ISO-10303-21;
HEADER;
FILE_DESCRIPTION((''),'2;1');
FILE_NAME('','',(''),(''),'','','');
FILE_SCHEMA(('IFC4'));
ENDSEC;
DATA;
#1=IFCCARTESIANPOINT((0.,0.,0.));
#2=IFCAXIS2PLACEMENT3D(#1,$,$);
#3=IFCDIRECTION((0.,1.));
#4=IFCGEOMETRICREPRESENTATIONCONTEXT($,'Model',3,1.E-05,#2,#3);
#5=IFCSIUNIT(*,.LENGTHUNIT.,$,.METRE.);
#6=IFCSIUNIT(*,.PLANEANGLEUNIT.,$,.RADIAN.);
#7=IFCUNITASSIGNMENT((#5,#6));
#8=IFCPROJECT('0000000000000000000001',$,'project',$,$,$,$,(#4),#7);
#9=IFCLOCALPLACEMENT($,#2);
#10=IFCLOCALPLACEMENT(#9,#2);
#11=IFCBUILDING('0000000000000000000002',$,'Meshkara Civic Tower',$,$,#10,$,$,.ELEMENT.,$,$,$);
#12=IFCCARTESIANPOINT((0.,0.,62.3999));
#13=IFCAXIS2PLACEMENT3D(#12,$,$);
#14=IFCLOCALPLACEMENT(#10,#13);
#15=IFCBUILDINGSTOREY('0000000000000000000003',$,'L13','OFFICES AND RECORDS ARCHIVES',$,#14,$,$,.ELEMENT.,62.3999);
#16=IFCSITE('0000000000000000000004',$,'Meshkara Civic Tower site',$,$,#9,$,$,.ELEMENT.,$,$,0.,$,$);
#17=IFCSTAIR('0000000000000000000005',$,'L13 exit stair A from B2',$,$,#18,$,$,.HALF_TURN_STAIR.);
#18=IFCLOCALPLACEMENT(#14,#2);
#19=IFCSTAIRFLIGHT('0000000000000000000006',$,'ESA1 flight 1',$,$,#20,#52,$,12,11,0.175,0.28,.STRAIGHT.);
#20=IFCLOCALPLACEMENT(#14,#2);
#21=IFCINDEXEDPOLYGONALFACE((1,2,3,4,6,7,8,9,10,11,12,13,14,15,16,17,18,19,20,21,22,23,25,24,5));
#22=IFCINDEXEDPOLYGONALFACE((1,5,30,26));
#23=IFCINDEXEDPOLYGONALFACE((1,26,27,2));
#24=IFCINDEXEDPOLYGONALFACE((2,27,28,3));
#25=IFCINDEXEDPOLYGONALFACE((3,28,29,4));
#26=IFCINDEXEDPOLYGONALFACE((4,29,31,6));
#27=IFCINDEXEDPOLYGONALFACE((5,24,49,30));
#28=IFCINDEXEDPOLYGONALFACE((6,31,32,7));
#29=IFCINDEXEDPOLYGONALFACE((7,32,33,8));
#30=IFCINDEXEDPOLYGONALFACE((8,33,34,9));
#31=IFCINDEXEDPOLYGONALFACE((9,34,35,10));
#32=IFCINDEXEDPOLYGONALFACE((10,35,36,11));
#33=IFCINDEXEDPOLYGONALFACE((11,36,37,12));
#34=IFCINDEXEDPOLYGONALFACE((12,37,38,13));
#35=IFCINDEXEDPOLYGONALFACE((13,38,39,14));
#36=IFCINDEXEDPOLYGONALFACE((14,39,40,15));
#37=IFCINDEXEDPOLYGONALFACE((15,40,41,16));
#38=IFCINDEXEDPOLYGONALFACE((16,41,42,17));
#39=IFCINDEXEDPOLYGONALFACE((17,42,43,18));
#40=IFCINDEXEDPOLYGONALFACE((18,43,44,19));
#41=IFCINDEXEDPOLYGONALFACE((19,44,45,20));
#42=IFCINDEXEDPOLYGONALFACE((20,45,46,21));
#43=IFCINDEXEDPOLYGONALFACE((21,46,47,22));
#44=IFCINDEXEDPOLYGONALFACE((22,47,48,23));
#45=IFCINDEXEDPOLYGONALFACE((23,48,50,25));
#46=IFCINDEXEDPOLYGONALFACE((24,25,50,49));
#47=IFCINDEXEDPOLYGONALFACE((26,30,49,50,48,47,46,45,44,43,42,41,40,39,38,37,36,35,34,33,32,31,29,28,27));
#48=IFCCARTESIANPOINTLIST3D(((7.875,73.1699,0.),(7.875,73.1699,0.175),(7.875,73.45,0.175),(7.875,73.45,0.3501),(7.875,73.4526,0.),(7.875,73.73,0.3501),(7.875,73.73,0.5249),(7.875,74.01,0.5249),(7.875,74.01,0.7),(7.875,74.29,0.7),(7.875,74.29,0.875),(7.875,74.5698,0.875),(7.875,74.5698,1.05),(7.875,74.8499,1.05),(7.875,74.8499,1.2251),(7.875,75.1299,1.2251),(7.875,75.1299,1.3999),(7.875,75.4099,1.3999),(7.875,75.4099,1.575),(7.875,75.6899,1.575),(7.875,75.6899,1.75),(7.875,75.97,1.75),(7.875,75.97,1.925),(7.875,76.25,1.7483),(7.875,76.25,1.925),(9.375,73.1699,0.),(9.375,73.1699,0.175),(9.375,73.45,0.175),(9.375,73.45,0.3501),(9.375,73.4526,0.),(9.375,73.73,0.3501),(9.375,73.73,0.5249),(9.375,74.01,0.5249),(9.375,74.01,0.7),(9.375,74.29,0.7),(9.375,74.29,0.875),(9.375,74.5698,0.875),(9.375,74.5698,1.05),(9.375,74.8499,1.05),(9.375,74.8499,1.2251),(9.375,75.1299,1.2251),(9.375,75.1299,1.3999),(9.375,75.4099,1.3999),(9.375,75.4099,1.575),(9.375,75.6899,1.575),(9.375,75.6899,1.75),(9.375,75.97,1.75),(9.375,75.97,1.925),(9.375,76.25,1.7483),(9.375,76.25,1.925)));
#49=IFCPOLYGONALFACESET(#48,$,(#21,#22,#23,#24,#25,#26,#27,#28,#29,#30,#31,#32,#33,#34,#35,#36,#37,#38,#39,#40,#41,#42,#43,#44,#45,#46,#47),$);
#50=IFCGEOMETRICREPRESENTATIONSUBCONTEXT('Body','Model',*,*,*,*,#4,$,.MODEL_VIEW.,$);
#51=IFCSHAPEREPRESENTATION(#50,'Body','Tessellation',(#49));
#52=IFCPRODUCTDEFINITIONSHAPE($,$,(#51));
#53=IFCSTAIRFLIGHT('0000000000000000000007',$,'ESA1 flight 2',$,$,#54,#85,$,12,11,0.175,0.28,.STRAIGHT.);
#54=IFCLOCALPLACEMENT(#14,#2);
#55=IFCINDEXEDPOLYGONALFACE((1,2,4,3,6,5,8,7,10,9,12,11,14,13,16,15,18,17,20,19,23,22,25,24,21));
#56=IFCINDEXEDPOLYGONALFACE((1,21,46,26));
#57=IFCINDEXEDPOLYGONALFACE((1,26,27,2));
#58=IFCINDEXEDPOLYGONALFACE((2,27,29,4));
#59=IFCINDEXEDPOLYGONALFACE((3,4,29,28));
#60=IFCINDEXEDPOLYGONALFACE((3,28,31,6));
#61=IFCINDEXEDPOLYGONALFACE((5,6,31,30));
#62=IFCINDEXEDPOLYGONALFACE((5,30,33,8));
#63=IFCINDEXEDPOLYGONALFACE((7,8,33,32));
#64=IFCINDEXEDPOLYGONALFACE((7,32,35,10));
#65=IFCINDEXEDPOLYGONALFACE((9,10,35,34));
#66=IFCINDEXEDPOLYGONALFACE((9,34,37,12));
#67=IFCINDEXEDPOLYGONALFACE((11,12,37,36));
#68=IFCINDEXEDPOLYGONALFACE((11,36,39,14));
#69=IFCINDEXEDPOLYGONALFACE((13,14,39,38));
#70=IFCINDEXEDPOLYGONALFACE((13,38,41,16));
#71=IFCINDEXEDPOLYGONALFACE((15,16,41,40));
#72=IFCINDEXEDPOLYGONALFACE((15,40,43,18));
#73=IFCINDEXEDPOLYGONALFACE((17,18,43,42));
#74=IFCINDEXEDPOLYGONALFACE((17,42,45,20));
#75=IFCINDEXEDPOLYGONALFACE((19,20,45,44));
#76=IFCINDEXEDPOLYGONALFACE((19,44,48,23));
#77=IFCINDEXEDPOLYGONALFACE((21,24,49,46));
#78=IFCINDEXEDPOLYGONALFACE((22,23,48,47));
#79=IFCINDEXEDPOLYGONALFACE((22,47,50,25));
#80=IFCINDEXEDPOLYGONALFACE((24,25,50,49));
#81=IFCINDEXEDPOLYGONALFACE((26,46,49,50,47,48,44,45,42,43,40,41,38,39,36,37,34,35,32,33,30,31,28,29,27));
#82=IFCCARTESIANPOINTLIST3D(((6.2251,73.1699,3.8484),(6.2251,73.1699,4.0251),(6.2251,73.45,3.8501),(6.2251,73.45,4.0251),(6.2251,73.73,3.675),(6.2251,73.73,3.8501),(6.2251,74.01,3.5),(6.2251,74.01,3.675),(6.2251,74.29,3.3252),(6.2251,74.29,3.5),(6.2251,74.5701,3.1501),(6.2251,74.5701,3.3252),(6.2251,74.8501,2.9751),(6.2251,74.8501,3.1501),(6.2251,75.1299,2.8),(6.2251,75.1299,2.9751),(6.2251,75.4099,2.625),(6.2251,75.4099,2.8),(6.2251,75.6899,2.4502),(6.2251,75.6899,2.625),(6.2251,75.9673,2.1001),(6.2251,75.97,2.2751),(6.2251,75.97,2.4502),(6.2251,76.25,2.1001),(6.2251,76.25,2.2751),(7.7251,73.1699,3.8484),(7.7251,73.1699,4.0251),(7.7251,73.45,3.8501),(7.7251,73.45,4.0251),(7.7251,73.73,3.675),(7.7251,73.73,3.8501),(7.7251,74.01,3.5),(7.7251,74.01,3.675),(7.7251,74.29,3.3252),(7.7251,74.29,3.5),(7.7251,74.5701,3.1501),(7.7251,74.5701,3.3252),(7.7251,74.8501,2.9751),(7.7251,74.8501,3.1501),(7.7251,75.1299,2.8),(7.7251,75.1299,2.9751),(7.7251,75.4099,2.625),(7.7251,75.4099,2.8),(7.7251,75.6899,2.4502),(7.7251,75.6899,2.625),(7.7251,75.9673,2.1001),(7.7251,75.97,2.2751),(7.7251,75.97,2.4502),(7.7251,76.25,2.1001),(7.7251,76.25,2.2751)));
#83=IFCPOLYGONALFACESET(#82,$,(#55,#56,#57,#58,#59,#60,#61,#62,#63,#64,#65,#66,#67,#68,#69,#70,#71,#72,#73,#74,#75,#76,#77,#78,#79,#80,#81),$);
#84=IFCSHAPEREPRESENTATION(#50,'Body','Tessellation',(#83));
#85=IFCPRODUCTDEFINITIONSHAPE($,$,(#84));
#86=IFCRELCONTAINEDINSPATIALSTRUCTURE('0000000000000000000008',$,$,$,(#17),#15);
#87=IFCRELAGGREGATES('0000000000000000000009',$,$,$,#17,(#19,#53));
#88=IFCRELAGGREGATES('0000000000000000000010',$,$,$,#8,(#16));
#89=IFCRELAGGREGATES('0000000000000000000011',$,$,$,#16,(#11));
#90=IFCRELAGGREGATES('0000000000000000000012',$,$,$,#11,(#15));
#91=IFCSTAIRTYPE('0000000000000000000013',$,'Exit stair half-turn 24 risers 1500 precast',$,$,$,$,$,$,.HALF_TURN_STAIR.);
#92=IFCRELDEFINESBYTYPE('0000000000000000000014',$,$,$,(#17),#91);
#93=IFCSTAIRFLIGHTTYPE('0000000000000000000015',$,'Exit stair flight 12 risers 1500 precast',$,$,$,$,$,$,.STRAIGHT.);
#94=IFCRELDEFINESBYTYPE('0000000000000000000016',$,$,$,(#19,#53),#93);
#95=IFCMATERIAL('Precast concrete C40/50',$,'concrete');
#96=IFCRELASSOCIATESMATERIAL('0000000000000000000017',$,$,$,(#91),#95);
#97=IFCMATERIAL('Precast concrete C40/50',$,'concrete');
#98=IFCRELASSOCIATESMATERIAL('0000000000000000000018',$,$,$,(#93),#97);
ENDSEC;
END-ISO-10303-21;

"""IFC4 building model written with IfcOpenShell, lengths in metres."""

from ifc_helpers import new_model, si_unit, direction, frame, origin, place, context, subcontext, project, spatial, polyline, outline, extrude, material, type_object, element, aggregate, save


model = new_model("IFC4")

# Units and contexts
model_context = context("Model", 3, precision=1e-05, world=origin(), true_north=direction((0.0, 1.0)))
body_context = subcontext(model_context, "Body", "Model", "MODEL_VIEW")
ifc_project = project(units=[si_unit("LENGTHUNIT", "METRE"), si_unit("PLANEANGLEUNIT", "RADIAN")], contexts=[model_context])

# Site, building, storey
site_placement = place(None, origin())
site = spatial("IfcSite", under=ifc_project, at=site_placement, Name="Meshkara Civic Tower site", CompositionType="ELEMENT", RefElevation=0.0)
building_placement = place(site_placement, origin())
building = spatial("IfcBuilding", under=site, at=building_placement, Name="Meshkara Civic Tower", CompositionType="ELEMENT")
storey_placement = place(building_placement, frame((0.0, 0.0, 62.3999)))
storey = spatial("IfcBuildingStorey", under=building, at=storey_placement, Name="L13", Description="OFFICES AND RECORDS ARCHIVES", CompositionType="ELEMENT", Elevation=62.3999)

# Stair, stair flights
ifc_material_1 = material(Name="Precast concrete C40/50", Category="concrete")
stair_type = type_object("IfcStairType", Name="Exit stair half-turn 24 risers 1500 precast", PredefinedType="HALF_TURN_STAIR", material=ifc_material_1)
stair_placement = place(storey_placement, origin())
stair = element("IfcStair", 1, at=stair_placement, inside=storey, type_object=stair_type, Name="L13 exit stair A from B2", PredefinedType="HALF_TURN_STAIR")
ifc_material_2 = material(Name="Precast concrete C40/50", Category="concrete")
stair_flight_type = type_object("IfcStairFlightType", Name="Exit stair flight 12 risers 1500 precast", PredefinedType="STRAIGHT", material=ifc_material_2)
stair_flight_1_placement = place(storey_placement, frame((8.625, 73.1699, 0.0), z_axis=(0.0, 0.0, 1.0), x_axis=(0.0, 1.0, 0.0)))
stair_flight_1 = element("IfcStairFlight", 2, at=stair_flight_1_placement, type_object=stair_flight_type, Name="ESA1 flight 1", NumberOfRisers=12, NumberOfTreads=11, PredefinedType="STRAIGHT", RiserHeight=0.175, TreadLength=0.28, context=body_context, shape_type="SweptSolid", body=[
    extrude(outline(polyline([(0.0, 0.0), (0.0, 0.175), (0.28, 0.175), (0.28, 0.3501), (0.5601, 0.3501), (0.5601, 0.5249), (0.8401, 0.5249), (0.8401, 0.7), (1.1201, 0.7), (1.1201, 0.875), (1.3999, 0.875), (1.3999, 1.05), (1.6799, 1.05), (1.6799, 1.2251), (1.96, 1.2251), (1.96, 1.3999), (2.24, 1.3999), (2.24, 1.575), (2.52, 1.575), (2.52, 1.75), (2.8, 1.75), (2.8, 1.925), (3.0801, 1.925), (3.0801, 2.1001), (3.0801, 1.7483), (0.2827, 0.0), (0.0, 0.0)])), frame((0.0, 0.75, 0.0), z_axis=(0.0, -1.0, 0.0), x_axis=(1.0, 0.0, 0.0)), (0.0, 0.0, 1.0), 1.5),
])
stair_flight_2_placement = place(storey_placement, frame((6.9751, 76.25, 2.1001), z_axis=(0.0, 0.0, 1.0), x_axis=(0.0, -1.0, 0.0)))
stair_flight_2 = element("IfcStairFlight", 3, at=stair_flight_2_placement, type_object=stair_flight_type, Name="ESA1 flight 2", NumberOfRisers=12, NumberOfTreads=11, PredefinedType="STRAIGHT", RiserHeight=0.175, TreadLength=0.28, context=body_context, shape_type="SweptSolid", body=[
    extrude(outline(polyline([(0.0, 0.0), (0.0, 0.175), (0.28, 0.175), (0.28, 0.3501), (0.5601, 0.3501), (0.5601, 0.5249), (0.8401, 0.5249), (0.8401, 0.7), (1.1201, 0.7), (1.1201, 0.875), (1.3999, 0.875), (1.3999, 1.05), (1.6799, 1.05), (1.6799, 1.2251), (1.96, 1.2251), (1.96, 1.3999), (2.24, 1.3999), (2.24, 1.575), (2.52, 1.575), (2.52, 1.75), (2.8, 1.75), (2.8, 1.925), (3.0801, 1.925), (3.0801, 2.1001), (3.0801, 1.7483), (0.2827, 0.0), (0.0, 0.0)])), frame((0.0, 0.75, 0.0), z_axis=(0.0, -1.0, 0.0), x_axis=(1.0, 0.0, 0.0)), (0.0, 0.0, 1.0), 1.5),
])
aggregate(stair, [stair_flight_1, stair_flight_2])

save(model, "model.ifc")
